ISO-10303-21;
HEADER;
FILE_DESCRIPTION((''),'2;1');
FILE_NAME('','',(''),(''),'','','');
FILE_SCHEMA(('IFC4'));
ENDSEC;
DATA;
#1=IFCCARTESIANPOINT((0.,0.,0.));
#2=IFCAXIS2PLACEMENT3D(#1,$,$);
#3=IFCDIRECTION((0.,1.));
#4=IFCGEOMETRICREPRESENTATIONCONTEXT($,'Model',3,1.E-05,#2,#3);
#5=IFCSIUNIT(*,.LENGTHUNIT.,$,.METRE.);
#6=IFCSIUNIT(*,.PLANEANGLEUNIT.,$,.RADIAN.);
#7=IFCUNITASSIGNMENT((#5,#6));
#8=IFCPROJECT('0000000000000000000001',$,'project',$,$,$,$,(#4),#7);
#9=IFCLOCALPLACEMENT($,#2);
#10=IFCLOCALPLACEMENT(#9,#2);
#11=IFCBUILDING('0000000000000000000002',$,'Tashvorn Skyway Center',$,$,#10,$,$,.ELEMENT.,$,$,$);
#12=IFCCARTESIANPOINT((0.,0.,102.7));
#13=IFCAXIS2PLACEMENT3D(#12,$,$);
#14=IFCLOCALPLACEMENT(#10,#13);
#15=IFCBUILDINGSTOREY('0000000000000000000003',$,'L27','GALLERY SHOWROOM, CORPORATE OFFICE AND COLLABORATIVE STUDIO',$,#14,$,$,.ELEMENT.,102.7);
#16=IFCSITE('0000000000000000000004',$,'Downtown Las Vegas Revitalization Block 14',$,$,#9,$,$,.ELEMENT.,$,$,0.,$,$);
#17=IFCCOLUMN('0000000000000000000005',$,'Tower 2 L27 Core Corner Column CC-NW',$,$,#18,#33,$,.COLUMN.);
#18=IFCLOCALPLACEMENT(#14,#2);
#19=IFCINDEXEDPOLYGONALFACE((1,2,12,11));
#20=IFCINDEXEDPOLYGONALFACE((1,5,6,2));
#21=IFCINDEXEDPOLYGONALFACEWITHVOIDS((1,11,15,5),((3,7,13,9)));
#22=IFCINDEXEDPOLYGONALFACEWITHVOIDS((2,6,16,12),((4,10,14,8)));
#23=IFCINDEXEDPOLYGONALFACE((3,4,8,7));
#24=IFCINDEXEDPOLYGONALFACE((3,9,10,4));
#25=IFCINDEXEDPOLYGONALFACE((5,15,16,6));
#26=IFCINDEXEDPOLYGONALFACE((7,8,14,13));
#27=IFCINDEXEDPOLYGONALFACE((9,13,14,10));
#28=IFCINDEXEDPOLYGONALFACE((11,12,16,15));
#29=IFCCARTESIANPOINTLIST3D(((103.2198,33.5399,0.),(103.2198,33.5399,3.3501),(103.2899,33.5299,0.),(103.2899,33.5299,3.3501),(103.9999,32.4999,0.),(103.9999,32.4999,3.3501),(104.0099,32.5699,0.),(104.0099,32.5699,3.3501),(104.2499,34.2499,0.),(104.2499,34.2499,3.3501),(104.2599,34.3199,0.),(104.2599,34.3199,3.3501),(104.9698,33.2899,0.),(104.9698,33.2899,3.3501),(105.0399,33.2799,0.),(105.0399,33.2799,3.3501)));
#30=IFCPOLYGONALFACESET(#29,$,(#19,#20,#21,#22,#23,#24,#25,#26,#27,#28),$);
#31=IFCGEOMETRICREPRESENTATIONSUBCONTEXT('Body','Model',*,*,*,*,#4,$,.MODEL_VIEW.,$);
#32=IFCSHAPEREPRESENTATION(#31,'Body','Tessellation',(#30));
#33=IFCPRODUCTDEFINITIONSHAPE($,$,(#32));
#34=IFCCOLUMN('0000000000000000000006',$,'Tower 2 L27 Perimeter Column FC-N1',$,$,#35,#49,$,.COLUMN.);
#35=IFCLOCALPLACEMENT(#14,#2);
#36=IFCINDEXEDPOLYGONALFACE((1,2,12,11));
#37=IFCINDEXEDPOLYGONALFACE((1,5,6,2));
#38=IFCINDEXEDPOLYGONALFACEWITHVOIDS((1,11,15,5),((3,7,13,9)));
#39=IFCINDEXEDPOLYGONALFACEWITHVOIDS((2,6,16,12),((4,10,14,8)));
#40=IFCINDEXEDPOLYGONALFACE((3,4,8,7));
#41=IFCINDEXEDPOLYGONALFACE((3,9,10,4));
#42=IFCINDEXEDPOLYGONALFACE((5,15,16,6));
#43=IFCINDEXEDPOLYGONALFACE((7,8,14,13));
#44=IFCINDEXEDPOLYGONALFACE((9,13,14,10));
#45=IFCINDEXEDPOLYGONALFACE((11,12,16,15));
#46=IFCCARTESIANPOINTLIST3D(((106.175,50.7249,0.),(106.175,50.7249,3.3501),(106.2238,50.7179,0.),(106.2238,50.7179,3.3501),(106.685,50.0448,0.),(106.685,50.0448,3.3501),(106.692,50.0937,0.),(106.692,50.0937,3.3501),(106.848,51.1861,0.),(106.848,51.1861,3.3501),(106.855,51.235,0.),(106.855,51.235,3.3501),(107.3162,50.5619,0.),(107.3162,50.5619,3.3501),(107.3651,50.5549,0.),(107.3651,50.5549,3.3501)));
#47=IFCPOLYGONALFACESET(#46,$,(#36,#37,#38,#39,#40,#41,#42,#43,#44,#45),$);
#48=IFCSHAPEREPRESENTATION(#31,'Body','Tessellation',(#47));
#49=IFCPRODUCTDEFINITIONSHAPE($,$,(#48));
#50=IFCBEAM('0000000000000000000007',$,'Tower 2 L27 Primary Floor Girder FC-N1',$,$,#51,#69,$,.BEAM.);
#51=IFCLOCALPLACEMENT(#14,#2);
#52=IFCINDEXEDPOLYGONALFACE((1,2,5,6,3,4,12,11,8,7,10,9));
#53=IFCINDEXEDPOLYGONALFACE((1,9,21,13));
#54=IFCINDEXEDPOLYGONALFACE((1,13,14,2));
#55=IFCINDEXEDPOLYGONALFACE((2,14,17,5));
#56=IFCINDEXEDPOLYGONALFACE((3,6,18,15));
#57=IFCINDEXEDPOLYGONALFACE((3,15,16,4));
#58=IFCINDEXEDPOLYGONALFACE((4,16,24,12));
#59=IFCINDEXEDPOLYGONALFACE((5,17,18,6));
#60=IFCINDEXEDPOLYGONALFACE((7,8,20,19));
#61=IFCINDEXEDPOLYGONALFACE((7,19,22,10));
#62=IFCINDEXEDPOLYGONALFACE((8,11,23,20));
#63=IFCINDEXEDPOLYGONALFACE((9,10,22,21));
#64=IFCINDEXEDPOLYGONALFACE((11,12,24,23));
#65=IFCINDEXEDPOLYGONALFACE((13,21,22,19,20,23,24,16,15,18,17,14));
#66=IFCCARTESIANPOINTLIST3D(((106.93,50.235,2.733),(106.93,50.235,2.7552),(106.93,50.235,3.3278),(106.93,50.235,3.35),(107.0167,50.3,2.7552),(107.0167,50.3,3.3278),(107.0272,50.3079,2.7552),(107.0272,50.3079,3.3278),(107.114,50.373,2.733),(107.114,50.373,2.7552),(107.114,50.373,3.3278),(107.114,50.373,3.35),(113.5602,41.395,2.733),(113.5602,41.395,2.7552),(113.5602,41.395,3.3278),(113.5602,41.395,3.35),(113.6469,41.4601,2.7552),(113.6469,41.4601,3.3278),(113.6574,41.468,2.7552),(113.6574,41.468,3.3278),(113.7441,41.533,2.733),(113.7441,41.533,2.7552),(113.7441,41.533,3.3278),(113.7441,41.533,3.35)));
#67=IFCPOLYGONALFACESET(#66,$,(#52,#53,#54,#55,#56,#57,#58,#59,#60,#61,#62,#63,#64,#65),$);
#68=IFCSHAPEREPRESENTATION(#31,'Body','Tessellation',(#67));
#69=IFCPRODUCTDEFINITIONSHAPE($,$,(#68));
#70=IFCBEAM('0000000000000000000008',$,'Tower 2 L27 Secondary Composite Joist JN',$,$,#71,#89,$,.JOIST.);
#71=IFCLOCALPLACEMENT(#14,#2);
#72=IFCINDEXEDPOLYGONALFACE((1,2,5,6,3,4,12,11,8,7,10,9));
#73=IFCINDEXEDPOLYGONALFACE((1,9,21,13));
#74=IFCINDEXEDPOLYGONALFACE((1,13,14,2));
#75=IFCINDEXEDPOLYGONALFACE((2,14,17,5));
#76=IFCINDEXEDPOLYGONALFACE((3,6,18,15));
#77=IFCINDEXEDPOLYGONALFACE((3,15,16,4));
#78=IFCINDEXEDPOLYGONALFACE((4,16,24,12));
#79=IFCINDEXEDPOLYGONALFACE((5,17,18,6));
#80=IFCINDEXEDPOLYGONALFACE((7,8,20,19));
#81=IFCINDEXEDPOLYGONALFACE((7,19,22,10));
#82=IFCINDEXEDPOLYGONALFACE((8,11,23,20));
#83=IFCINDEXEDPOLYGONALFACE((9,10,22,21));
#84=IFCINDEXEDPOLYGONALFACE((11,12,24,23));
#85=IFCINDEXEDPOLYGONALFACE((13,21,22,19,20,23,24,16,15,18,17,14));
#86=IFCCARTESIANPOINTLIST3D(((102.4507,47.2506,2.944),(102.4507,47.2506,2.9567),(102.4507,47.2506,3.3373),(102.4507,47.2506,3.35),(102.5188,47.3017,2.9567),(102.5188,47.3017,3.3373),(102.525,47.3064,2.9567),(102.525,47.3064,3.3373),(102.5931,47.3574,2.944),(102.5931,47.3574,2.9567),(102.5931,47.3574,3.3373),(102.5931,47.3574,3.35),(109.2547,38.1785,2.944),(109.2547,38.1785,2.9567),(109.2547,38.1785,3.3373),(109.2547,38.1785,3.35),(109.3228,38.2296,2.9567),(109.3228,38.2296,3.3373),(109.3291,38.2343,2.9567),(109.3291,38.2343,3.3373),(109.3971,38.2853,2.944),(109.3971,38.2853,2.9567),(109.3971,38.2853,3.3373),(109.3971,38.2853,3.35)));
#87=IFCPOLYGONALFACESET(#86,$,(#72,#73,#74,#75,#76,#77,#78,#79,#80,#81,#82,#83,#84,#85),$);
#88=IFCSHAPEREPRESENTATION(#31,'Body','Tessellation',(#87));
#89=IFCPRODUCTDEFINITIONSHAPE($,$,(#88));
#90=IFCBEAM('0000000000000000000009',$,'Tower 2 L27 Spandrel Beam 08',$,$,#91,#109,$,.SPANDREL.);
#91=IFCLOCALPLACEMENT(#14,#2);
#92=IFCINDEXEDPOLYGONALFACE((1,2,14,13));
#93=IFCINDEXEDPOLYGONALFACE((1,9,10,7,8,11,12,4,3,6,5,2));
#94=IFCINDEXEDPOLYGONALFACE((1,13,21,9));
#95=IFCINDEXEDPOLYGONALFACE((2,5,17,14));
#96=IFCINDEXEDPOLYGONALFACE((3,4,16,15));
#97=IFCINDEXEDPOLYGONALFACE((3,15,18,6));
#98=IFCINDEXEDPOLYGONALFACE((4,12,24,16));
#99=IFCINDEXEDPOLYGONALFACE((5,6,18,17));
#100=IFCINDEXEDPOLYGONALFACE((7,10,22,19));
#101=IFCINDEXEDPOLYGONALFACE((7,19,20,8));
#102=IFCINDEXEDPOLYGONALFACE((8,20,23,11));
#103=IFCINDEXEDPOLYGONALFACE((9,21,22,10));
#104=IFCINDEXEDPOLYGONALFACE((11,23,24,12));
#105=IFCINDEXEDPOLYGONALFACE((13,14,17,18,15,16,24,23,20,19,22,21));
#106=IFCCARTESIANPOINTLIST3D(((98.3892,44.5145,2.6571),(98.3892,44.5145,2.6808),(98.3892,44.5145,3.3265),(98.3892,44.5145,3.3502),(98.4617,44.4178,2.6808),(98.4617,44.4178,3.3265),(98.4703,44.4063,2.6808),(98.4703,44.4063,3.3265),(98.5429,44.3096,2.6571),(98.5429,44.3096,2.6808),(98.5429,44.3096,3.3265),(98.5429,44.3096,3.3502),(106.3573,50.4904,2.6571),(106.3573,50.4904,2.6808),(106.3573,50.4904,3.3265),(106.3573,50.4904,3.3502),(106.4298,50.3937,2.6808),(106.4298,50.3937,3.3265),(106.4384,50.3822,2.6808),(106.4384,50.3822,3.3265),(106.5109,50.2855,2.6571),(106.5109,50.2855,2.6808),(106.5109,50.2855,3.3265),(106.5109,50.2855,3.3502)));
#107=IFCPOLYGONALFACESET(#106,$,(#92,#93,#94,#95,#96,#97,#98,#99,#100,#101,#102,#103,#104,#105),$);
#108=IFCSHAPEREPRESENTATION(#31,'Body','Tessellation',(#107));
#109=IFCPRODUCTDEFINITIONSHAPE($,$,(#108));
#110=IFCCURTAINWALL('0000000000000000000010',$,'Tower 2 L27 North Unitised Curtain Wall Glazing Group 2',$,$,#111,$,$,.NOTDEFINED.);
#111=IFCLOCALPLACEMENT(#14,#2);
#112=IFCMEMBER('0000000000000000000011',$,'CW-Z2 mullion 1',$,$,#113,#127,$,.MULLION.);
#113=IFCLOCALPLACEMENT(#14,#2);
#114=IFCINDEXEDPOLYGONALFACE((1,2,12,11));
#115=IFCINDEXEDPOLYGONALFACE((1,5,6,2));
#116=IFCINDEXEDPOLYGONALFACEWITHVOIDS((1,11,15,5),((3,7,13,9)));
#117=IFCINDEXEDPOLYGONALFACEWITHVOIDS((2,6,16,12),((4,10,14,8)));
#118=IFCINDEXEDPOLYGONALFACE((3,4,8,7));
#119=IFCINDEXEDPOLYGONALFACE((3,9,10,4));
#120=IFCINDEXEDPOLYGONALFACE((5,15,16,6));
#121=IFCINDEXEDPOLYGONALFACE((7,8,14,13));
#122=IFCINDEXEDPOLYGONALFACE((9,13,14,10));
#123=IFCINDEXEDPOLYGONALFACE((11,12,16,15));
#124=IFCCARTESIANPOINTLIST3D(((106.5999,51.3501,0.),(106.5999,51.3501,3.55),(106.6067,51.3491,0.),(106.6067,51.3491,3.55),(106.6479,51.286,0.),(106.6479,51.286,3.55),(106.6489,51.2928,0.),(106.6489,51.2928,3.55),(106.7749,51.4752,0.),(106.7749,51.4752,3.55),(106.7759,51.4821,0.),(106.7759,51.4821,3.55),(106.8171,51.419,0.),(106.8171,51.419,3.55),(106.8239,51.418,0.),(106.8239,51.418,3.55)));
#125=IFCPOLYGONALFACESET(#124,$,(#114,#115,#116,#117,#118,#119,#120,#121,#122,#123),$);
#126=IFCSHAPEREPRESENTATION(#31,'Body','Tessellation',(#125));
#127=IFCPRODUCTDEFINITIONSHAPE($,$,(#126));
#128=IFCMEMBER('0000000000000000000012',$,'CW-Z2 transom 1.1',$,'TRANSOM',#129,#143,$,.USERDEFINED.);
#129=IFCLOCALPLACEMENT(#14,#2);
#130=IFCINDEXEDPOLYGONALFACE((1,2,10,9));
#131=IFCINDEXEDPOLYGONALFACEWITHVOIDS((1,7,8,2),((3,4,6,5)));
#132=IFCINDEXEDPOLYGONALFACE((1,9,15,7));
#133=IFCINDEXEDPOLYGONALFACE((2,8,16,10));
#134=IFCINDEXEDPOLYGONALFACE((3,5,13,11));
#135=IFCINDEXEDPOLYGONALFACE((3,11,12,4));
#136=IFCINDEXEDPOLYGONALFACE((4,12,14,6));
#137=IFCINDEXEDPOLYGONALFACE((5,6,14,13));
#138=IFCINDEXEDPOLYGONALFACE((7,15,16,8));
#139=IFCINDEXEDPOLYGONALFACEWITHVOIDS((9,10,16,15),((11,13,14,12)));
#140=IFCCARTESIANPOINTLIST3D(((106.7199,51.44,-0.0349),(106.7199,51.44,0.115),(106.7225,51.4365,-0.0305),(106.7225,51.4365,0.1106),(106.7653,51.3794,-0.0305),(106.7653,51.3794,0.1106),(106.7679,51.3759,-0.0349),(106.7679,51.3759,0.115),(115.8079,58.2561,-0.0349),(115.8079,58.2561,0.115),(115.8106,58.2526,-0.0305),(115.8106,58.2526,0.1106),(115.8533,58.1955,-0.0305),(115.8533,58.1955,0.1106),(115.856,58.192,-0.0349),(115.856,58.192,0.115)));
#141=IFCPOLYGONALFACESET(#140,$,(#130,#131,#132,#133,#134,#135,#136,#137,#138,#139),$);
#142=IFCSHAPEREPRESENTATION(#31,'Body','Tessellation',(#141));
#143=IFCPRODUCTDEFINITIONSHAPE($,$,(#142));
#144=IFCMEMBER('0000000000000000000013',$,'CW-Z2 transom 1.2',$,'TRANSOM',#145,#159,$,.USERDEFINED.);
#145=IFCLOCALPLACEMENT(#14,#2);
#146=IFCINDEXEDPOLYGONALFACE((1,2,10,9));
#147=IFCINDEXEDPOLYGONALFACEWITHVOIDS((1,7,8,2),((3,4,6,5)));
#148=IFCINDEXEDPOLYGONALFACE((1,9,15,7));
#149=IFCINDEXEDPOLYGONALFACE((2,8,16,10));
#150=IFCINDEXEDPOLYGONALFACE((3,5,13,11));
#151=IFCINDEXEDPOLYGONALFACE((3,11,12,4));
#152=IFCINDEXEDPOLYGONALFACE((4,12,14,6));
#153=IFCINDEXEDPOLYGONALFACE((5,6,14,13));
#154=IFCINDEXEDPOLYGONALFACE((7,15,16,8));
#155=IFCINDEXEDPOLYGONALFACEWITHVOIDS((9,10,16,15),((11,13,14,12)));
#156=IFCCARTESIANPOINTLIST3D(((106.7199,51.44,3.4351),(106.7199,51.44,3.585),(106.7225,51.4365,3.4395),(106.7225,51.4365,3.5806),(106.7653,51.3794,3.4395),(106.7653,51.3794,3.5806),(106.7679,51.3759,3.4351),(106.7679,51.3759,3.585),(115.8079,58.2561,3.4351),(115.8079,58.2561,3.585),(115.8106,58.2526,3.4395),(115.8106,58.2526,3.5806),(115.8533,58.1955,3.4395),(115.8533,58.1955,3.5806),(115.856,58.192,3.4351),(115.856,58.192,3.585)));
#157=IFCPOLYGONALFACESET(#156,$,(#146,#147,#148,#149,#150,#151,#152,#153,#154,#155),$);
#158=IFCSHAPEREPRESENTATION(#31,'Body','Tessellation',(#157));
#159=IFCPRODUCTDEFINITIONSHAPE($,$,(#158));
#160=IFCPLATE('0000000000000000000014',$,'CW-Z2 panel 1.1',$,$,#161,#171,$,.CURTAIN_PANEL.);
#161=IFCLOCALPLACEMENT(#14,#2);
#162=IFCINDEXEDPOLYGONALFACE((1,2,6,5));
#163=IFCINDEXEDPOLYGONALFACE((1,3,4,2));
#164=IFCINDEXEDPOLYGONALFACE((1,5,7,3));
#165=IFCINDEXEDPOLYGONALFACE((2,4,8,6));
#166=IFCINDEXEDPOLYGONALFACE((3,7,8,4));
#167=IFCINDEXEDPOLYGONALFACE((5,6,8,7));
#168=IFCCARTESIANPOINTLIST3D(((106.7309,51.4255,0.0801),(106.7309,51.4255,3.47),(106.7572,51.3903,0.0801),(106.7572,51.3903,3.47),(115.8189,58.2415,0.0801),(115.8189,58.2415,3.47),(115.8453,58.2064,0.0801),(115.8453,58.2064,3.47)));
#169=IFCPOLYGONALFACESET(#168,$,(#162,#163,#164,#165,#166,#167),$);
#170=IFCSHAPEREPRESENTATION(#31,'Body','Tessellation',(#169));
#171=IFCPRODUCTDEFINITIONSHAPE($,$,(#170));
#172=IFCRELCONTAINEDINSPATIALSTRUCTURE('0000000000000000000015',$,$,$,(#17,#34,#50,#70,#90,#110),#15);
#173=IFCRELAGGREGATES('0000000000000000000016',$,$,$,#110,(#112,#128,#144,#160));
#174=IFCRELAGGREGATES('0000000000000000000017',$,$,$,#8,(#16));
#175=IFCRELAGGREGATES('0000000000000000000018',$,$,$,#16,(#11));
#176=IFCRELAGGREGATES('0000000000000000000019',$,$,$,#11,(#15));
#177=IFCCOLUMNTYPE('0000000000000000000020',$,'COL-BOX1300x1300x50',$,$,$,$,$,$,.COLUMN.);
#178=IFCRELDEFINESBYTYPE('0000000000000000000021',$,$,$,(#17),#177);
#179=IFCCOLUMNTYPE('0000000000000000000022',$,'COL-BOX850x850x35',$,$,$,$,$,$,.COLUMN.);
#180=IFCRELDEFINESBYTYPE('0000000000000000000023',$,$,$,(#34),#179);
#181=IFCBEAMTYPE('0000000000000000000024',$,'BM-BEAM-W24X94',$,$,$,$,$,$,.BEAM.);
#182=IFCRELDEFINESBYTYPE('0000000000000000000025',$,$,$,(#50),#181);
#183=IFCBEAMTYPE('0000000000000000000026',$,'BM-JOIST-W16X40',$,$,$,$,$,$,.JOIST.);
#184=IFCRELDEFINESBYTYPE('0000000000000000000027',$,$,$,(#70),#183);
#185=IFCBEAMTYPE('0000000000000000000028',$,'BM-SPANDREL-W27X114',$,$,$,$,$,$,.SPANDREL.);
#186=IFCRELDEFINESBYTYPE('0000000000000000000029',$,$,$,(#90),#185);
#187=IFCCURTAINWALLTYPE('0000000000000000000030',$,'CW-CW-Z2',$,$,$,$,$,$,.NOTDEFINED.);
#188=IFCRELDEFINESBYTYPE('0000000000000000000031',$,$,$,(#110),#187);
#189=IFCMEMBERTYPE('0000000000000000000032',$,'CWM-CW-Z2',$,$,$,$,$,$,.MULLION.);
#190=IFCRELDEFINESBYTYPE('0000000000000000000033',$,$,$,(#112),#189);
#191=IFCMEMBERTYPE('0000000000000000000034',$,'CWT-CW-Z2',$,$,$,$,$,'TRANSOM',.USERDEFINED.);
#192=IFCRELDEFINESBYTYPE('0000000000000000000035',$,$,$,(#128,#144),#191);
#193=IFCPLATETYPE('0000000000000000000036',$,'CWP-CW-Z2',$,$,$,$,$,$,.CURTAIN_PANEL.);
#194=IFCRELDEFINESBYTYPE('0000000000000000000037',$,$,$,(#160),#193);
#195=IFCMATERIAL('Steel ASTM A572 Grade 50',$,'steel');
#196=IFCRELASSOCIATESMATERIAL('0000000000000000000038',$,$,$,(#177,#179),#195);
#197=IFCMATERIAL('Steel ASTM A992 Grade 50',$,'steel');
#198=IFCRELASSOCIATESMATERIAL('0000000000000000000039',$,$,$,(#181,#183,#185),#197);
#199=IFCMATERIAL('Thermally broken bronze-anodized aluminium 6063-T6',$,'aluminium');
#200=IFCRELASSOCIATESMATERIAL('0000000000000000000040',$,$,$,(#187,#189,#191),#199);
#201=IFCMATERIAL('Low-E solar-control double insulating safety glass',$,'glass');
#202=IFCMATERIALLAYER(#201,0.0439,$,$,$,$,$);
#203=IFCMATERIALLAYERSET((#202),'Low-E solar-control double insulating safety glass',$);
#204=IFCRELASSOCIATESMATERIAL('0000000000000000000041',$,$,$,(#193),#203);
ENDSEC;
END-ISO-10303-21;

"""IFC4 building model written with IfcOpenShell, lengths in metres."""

from ifc_helpers import new_model, si_unit, direction, frame, origin, origin_2d, place, context, subcontext, project, spatial, rectangle, hollow_rectangle, i_section, extrude, material, layer, layer_set, material_profile, profile_set, type_object, element, aggregate, save


model = new_model("IFC4")

# Units and contexts
model_context = context("Model", 3, precision=1e-05, world=origin(), true_north=direction((0.0, 1.0)))
body_context = subcontext(model_context, "Body", "Model", "MODEL_VIEW")
ifc_project = project(units=[si_unit("LENGTHUNIT", "METRE"), si_unit("PLANEANGLEUNIT", "RADIAN")], contexts=[model_context])

# Site, building, storey
site_placement = place(None, origin())
site = spatial("IfcSite", under=ifc_project, at=site_placement, Name="Downtown Las Vegas Revitalization Block 14", CompositionType="ELEMENT", RefElevation=0.0)
building_placement = place(site_placement, origin())
building = spatial("IfcBuilding", under=site, at=building_placement, Name="Tashvorn Skyway Center", CompositionType="ELEMENT")
storey_placement = place(building_placement, frame((0.0, 0.0, 102.7)))
storey = spatial("IfcBuildingStorey", under=building, at=storey_placement, Name="L27", Description="GALLERY SHOWROOM, CORPORATE OFFICE AND COLLABORATIVE STUDIO", CompositionType="ELEMENT", Elevation=102.7)

# Columns
ifc_material_1 = material(Name="Steel ASTM A572 Grade 50", Category="steel")
ifc_material_profile_1 = material_profile(ifc_material_1, hollow_rectangle(XDim=1.3, YDim=1.3, WallThickness=0.05, at=origin_2d()), Name="BOX1300x1300x50")
ifc_profile_set_1 = profile_set([ifc_material_profile_1], Name="Steel ASTM A572 Grade 50")
column_type_1 = type_object("IfcColumnType", Name="COL-BOX1300x1300x50", PredefinedType="COLUMN", material=ifc_profile_set_1)
column_1_placement = place(storey_placement, frame((104.1299, 33.4099, 0.0), z_axis=(0.0, 0.0, 1.0), x_axis=(0.8, 0.6, 0.0)))
element("IfcColumn", 1, at=column_1_placement, inside=storey, type_object=column_type_1, Name="Tower 2 L27 Core Corner Column CC-NW", PredefinedType="COLUMN", context=body_context, shape_type="SweptSolid", body=[
    extrude(hollow_rectangle(XDim=1.3, YDim=1.3, WallThickness=0.05, at=origin_2d()), origin(), (0.0, 0.0, 1.0), 3.3501),
])
ifc_material_profile_2 = material_profile(ifc_material_1, hollow_rectangle(XDim=0.8501, YDim=0.8501, WallThickness=0.0349, at=origin_2d()), Name="BOX850x850x35")
ifc_profile_set_2 = profile_set([ifc_material_profile_2], Name="Steel ASTM A572 Grade 50")
column_type_2 = type_object("IfcColumnType", Name="COL-BOX850x850x35", PredefinedType="COLUMN", material=ifc_profile_set_2)
column_2_placement = place(storey_placement, frame((106.77, 50.6399, 0.0), z_axis=(0.0, 0.0, 1.0), x_axis=(0.8, 0.6, 0.0)))
element("IfcColumn", 2, at=column_2_placement, inside=storey, type_object=column_type_2, Name="Tower 2 L27 Perimeter Column FC-N1", PredefinedType="COLUMN", context=body_context, shape_type="SweptSolid", body=[
    extrude(hollow_rectangle(XDim=0.8501, YDim=0.8501, WallThickness=0.0349, at=origin_2d()), origin(), (0.0, 0.0, 1.0), 3.3501),
])

# Beams
ifc_material_2 = material(Name="Steel ASTM A992 Grade 50", Category="steel")
ifc_material_profile_3 = material_profile(ifc_material_2, i_section(OverallWidth=0.23, OverallDepth=0.6169, WebThickness=0.0132, FlangeThickness=0.0222, at=origin_2d()), Name="W24X94")
ifc_profile_set_3 = profile_set([ifc_material_profile_3], Name="Steel ASTM A992 Grade 50")
beam_type_1 = type_object("IfcBeamType", Name="BM-BEAM-W24X94", PredefinedType="BEAM", material=ifc_profile_set_3)
beam_1_placement = place(storey_placement, frame((107.022, 50.304, 3.0415), z_axis=(0.600014, -0.799989, 0.0), x_axis=(0.799989, 0.600014, 0.0)))
element("IfcBeam", 3, at=beam_1_placement, inside=storey, type_object=beam_type_1, Name="Tower 2 L27 Primary Floor Girder FC-N1", PredefinedType="BEAM", context=body_context, shape_type="SweptSolid", body=[
    extrude(i_section(OverallWidth=0.23, OverallDepth=0.6169, WebThickness=0.0132, FlangeThickness=0.0222, at=origin_2d()), origin(), (0.0, 0.0, 1.0), 11.05),
])
ifc_material_profile_4 = material_profile(ifc_material_2, i_section(OverallWidth=0.178, OverallDepth=0.406, WebThickness=0.0078, FlangeThickness=0.0127, at=origin_2d()), Name="W16X40")
ifc_profile_set_4 = profile_set([ifc_material_profile_4], Name="Steel ASTM A992 Grade 50")
beam_type_2 = type_object("IfcBeamType", Name="BM-JOIST-W16X40", PredefinedType="JOIST", material=ifc_profile_set_4)
beam_2_placement = place(storey_placement, frame((109.3259, 38.2319, 3.147), z_axis=(-0.599997, 0.800003, 0.0), x_axis=(-0.800003, -0.599997, 0.0)))
element("IfcBeam", 4, at=beam_2_placement, inside=storey, type_object=beam_type_2, Name="Tower 2 L27 Secondary Composite Joist JN", PredefinedType="JOIST", context=body_context, shape_type="SweptSolid", body=[
    extrude(i_section(OverallWidth=0.178, OverallDepth=0.406, WebThickness=0.0078, FlangeThickness=0.0127, at=origin_2d()), origin(), (0.0, 0.0, 1.0), 11.3401),
])
ifc_material_profile_5 = material_profile(ifc_material_2, i_section(OverallWidth=0.2561, OverallDepth=0.6931, WebThickness=0.0144, FlangeThickness=0.0237, at=origin_2d()), Name="W27X114")
ifc_profile_set_5 = profile_set([ifc_material_profile_5], Name="Steel ASTM A992 Grade 50")
beam_type_3 = type_object("IfcBeamType", Name="BM-SPANDREL-W27X114", PredefinedType="SPANDREL", material=ifc_profile_set_5)
beam_3_placement = place(storey_placement, frame((106.4341, 50.3879, 3.0037), z_axis=(-0.800009, -0.599988, 0.0), x_axis=(0.599988, -0.800009, 0.0)))
element("IfcBeam", 5, at=beam_3_placement, inside=storey, type_object=beam_type_3, Name="Tower 2 L27 Spandrel Beam 08", PredefinedType="SPANDREL", context=body_context, shape_type="SweptSolid", body=[
    extrude(i_section(OverallWidth=0.2561, OverallDepth=0.6931, WebThickness=0.0144, FlangeThickness=0.0237, at=origin_2d()), origin(), (0.0, 0.0, 1.0), 9.96),
])

# Curtain wall, members, plate
ifc_material_3 = material(Name="Thermally broken bronze-anodized aluminium 6063-T6", Category="aluminium")
curtain_wall_type = type_object("IfcCurtainWallType", Name="CW-CW-Z2", PredefinedType="NOTDEFINED", material=ifc_material_3)
curtain_wall_placement = place(storey_placement, origin())
curtain_wall = element("IfcCurtainWall", 6, at=curtain_wall_placement, inside=storey, type_object=curtain_wall_type, Name="Tower 2 L27 North Unitised Curtain Wall Glazing Group 2", PredefinedType="NOTDEFINED")
ifc_material_profile_6 = material_profile(ifc_material_3, hollow_rectangle(XDim=0.0801, YDim=0.22, WallThickness=0.0049, at=origin_2d()), Name="ALU-MULL-80x220")
ifc_profile_set_6 = profile_set([ifc_material_profile_6], Name="Thermally broken bronze-anodized aluminium 6063-T6")
member_type_1 = type_object("IfcMemberType", Name="CWM-CW-Z2", PredefinedType="MULLION", material=ifc_profile_set_6)
member_1_placement = place(storey_placement, frame((106.7119, 51.384, 0.0), z_axis=(0.0, 0.0, 1.0), x_axis=(-0.6, 0.8, 0.0)))
member_1 = element("IfcMember", 7, at=member_1_placement, type_object=member_type_1, Name="CW-Z2 mullion 1", PredefinedType="MULLION", context=body_context, shape_type="SweptSolid", body=[
    extrude(hollow_rectangle(XDim=0.0801, YDim=0.22, WallThickness=0.0049, at=origin_2d()), origin(), (0.0, 0.0, 1.0), 3.55),
])
ifc_material_profile_7 = material_profile(ifc_material_3, hollow_rectangle(XDim=0.0801, YDim=0.1499, WallThickness=0.0044, at=origin_2d()), Name="ALU-TRAN-80x150")
ifc_profile_set_7 = profile_set([ifc_material_profile_7], Name="Thermally broken bronze-anodized aluminium 6063-T6")
member_type_2 = type_object("IfcMemberType", Name="CWT-CW-Z2", ElementType="TRANSOM", PredefinedType="USERDEFINED", material=ifc_profile_set_7)
member_2_placement = place(storey_placement, frame((106.7439, 51.408, 0.04), z_axis=(0.799997, 0.600003, 0.0), x_axis=(-0.600003, 0.799997, 0.0)))
member_2 = element("IfcMember", 8, at=member_2_placement, type_object=member_type_2, Name="CW-Z2 transom 1.1", ObjectType="TRANSOM", PredefinedType="USERDEFINED", context=body_context, shape_type="SweptSolid", body=[
    extrude(hollow_rectangle(XDim=0.0801, YDim=0.1499, WallThickness=0.0044, at=origin_2d()), origin(), (0.0, 0.0, 1.0), 11.3601),
])
member_3_placement = place(storey_placement, frame((106.7439, 51.408, 3.51), z_axis=(0.799997, 0.600003, 0.0), x_axis=(-0.600003, 0.799997, 0.0)))
member_3 = element("IfcMember", 9, at=member_3_placement, type_object=member_type_2, Name="CW-Z2 transom 1.2", ObjectType="TRANSOM", PredefinedType="USERDEFINED", context=body_context, shape_type="SweptSolid", body=[
    extrude(hollow_rectangle(XDim=0.0801, YDim=0.1499, WallThickness=0.0044, at=origin_2d()), origin(), (0.0, 0.0, 1.0), 11.3601),
])
ifc_material_4 = material(Name="Low-E solar-control double insulating safety glass", Category="glass")
ifc_layer_1 = layer(ifc_material_4, 0.0439)
ifc_layer_set_1 = layer_set([ifc_layer_1], Name="Low-E solar-control double insulating safety glass")
plate_type = type_object("IfcPlateType", Name="CWP-CW-Z2", PredefinedType="CURTAIN_PANEL", material=ifc_layer_set_1)
plate_placement = place(storey_placement, frame((111.2881, 54.8159, 0.0801), z_axis=(0.0, 0.0, 1.0), x_axis=(0.8, 0.6, 0.0)))
plate = element("IfcPlate", 10, at=plate_placement, type_object=plate_type, Name="CW-Z2 panel 1.1", PredefinedType="CURTAIN_PANEL", context=body_context, shape_type="SweptSolid", body=[
    extrude(rectangle(XDim=11.3601, YDim=0.0439, at=origin_2d()), origin(), (0.0, 0.0, 1.0), 3.3899),
])
aggregate(curtain_wall, [member_1, member_2, member_3, plate])

save(model, "model.ifc")
